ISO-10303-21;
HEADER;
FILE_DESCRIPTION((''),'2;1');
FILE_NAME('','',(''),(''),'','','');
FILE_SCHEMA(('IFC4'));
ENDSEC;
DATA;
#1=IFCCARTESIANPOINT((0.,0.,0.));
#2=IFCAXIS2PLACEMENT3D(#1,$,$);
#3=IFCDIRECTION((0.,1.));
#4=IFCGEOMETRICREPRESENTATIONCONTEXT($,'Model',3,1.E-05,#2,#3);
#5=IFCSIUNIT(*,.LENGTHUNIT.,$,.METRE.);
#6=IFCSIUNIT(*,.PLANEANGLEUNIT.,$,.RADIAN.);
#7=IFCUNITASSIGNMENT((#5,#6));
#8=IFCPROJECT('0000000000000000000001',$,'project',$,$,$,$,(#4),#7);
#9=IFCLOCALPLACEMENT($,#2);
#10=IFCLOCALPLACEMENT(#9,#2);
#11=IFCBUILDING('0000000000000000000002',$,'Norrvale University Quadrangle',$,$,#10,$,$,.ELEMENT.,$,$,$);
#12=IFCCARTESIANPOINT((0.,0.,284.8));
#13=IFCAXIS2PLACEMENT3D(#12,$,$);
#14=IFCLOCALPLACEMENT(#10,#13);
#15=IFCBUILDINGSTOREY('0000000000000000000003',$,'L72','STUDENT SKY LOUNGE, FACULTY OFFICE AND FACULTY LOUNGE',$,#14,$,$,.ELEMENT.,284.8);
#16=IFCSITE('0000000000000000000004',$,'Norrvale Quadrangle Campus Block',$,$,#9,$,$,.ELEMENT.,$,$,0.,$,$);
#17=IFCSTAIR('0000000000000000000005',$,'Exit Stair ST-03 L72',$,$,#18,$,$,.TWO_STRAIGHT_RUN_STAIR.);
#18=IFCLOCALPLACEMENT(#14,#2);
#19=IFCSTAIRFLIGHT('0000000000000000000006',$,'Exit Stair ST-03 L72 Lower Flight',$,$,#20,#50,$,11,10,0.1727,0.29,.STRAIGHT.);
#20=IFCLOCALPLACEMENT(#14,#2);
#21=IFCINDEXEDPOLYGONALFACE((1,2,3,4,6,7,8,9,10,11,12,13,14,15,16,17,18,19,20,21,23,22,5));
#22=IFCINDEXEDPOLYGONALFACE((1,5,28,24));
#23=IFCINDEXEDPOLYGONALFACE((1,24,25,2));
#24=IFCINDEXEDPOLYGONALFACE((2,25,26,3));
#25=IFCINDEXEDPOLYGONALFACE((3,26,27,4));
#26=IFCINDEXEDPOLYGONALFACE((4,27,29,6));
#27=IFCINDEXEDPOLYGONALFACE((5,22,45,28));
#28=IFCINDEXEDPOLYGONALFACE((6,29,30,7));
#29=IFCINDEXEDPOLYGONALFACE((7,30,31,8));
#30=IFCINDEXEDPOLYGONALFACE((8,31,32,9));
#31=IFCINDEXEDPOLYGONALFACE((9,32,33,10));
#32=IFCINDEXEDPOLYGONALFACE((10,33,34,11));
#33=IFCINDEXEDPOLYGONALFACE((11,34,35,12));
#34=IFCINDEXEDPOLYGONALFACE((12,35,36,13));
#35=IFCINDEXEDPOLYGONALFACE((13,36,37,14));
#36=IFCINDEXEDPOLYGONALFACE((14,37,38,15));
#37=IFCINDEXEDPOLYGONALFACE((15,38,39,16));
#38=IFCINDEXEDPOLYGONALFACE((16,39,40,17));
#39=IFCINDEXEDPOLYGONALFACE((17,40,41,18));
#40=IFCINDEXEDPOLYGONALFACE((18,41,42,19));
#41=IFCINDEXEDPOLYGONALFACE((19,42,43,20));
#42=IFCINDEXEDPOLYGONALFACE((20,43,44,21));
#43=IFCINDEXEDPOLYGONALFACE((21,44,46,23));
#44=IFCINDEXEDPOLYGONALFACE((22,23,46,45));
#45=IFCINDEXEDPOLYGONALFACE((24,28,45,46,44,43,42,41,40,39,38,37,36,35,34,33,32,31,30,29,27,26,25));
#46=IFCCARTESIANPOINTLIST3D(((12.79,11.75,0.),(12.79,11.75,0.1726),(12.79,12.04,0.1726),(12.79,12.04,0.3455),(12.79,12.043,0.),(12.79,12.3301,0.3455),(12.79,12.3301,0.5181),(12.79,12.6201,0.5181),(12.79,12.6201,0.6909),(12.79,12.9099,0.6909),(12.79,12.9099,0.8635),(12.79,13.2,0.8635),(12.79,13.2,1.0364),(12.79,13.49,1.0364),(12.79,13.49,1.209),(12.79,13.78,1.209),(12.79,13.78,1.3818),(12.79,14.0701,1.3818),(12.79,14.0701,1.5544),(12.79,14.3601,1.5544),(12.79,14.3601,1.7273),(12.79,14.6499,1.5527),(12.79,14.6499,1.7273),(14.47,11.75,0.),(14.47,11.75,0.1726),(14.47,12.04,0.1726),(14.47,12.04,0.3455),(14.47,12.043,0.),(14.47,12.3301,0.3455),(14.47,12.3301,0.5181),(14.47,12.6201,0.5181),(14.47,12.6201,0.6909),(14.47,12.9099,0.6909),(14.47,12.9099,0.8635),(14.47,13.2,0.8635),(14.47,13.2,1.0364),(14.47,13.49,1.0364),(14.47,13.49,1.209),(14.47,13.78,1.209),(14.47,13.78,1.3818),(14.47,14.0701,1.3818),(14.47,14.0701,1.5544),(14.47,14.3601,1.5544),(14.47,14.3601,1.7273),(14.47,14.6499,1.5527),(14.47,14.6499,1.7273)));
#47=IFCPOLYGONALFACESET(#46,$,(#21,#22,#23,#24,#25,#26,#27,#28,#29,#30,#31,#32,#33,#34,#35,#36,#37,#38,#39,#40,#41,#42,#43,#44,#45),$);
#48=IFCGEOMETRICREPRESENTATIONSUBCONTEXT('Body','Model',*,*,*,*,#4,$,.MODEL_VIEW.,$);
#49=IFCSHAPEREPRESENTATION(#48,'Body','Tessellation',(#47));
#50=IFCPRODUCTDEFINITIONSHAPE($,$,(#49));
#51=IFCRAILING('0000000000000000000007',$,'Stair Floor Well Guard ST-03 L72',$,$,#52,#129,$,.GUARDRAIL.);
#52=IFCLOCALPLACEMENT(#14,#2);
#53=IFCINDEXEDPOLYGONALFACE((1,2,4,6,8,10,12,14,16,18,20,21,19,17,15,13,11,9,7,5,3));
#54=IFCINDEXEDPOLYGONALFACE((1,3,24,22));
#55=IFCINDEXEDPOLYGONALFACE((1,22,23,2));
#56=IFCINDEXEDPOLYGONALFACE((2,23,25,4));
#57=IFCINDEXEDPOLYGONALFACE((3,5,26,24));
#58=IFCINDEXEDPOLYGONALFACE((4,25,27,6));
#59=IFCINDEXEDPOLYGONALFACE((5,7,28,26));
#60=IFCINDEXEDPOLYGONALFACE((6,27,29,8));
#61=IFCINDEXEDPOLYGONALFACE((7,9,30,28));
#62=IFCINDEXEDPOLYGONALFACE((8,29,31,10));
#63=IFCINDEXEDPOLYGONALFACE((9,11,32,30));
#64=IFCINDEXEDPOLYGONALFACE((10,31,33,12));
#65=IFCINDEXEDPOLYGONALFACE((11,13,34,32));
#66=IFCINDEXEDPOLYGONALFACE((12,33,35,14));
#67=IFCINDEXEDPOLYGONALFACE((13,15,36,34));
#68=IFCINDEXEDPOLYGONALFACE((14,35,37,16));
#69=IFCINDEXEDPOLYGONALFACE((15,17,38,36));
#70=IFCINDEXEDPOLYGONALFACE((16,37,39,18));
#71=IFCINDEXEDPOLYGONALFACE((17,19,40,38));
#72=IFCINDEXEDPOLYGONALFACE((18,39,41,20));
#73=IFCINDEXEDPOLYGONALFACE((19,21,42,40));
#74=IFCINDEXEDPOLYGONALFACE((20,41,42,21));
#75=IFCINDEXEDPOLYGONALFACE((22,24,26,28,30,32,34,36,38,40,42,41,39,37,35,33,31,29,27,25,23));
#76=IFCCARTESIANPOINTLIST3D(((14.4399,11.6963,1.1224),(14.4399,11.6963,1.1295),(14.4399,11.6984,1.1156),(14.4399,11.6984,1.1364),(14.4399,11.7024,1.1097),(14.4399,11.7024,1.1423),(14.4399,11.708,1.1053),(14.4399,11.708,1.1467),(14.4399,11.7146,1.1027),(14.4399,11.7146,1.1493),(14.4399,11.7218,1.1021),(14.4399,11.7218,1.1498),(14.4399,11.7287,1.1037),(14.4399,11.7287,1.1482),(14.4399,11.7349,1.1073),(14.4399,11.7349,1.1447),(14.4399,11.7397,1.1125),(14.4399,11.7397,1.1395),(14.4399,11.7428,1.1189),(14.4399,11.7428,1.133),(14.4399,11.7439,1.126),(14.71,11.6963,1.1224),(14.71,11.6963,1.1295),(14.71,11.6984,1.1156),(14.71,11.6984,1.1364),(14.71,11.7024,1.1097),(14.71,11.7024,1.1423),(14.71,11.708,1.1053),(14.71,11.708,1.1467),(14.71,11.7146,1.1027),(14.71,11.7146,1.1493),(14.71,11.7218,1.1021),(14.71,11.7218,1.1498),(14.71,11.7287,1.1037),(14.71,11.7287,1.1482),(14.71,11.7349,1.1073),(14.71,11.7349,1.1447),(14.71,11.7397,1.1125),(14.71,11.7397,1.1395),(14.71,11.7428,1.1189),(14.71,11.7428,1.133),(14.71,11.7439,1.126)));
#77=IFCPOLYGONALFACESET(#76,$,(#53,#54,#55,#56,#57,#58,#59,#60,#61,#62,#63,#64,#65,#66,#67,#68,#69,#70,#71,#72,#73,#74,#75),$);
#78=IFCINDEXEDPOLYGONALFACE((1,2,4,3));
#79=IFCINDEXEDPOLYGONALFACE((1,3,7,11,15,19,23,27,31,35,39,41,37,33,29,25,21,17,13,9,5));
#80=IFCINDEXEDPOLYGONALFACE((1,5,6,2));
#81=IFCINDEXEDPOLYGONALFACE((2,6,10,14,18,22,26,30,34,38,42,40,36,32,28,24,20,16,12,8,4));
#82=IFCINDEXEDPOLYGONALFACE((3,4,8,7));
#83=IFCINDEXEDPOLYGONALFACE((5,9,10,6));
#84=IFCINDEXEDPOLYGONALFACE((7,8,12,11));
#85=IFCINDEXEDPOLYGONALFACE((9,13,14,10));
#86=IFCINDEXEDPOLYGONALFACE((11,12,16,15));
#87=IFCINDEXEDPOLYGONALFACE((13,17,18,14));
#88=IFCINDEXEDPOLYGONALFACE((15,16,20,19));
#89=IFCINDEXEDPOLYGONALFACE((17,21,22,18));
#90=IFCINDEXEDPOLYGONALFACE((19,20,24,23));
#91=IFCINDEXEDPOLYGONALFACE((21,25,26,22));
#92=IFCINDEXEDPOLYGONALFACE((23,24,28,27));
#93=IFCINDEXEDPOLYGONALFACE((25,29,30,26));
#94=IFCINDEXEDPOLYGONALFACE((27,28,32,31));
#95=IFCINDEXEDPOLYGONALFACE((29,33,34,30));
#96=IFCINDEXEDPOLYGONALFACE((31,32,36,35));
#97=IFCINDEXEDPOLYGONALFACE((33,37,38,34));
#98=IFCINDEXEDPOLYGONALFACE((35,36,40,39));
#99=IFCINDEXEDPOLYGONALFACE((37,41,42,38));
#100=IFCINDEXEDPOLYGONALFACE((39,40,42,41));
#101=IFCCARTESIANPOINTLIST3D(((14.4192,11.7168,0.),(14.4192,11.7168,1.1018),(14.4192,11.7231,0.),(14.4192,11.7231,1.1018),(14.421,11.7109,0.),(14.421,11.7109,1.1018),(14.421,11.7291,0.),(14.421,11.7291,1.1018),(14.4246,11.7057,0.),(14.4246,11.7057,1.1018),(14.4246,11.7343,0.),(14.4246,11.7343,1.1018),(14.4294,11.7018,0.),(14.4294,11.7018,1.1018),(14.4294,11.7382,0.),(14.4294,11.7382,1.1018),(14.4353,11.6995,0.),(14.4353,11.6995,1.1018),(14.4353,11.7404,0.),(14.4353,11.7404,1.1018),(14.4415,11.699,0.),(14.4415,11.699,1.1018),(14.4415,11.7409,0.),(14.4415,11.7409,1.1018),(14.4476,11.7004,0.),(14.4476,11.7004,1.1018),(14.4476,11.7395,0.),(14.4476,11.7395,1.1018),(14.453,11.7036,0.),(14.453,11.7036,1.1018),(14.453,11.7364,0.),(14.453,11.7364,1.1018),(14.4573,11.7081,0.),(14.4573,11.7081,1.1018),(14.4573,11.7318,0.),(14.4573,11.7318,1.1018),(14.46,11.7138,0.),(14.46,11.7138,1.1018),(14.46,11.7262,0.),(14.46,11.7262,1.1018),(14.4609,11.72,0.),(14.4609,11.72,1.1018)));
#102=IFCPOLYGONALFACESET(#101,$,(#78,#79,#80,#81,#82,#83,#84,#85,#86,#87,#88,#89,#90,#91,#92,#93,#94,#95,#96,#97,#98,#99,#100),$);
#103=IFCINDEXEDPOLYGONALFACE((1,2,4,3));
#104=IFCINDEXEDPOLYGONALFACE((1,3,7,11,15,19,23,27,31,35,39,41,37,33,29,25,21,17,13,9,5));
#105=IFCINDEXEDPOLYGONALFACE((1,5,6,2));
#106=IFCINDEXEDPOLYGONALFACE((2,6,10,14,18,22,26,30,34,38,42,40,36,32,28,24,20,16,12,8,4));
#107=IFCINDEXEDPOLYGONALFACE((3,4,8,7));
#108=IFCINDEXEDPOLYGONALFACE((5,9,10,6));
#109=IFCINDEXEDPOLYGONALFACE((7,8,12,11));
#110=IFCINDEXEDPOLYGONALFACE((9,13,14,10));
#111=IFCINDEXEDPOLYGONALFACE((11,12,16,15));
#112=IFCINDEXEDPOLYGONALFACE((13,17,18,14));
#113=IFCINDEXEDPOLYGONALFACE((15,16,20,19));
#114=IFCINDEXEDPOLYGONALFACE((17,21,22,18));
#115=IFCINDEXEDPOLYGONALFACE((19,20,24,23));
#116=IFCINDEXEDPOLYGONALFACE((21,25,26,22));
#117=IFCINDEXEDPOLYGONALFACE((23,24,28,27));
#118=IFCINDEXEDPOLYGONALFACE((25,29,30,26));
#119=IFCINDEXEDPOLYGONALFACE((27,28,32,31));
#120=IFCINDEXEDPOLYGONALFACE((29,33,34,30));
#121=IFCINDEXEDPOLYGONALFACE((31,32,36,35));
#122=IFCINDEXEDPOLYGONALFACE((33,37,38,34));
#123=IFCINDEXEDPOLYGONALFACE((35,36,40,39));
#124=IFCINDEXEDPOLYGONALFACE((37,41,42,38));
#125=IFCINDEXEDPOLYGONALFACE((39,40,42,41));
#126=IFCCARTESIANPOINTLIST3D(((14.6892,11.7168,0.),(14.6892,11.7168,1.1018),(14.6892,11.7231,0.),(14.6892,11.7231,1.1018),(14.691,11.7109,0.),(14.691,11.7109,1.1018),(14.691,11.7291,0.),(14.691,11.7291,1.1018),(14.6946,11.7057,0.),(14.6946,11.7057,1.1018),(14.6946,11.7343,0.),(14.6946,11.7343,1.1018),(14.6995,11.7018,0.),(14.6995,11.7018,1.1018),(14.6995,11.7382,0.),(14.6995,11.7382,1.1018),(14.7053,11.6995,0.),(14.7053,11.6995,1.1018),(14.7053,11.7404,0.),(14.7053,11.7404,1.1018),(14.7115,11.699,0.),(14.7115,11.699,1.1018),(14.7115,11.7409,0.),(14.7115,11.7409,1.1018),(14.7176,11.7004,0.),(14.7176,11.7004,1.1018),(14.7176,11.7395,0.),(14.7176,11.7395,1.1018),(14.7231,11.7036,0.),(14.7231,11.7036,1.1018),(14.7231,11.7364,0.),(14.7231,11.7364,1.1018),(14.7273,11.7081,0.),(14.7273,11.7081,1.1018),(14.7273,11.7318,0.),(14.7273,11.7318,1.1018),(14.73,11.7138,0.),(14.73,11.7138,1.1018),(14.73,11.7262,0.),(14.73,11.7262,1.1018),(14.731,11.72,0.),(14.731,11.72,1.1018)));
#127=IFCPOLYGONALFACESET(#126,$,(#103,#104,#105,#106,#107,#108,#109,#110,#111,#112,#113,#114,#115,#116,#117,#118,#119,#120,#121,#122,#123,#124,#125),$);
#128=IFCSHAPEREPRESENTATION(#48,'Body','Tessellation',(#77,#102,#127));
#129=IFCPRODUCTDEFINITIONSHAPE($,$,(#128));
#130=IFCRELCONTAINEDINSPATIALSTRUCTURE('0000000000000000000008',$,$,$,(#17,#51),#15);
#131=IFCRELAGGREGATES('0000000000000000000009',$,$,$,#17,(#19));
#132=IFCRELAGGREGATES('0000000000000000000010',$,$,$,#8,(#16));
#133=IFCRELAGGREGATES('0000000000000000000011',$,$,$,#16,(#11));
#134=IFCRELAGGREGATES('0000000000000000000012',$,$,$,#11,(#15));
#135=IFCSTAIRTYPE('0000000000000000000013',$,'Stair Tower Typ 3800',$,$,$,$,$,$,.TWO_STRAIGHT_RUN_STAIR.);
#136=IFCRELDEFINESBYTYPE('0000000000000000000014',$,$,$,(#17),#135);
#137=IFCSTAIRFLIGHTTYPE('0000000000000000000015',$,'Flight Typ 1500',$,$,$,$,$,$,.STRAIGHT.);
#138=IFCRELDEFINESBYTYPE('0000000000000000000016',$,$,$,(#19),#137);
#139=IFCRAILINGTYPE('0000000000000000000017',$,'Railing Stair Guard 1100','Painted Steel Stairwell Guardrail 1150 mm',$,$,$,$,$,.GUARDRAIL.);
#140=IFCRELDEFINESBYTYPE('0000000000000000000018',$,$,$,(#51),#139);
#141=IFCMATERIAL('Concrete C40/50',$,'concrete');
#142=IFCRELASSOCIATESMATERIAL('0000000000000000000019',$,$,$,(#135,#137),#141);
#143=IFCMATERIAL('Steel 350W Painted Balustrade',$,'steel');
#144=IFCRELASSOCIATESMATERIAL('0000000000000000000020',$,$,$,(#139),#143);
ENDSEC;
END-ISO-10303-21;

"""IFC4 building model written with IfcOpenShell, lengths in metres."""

from ifc_helpers import new_model, si_unit, direction, frame, origin, origin_2d, place, context, subcontext, project, spatial, polyline, circle, outline, extrude, material, type_object, element, aggregate, save


model = new_model("IFC4")

# Units and contexts
model_context = context("Model", 3, precision=1e-05, world=origin(), true_north=direction((0.0, 1.0)))
body_context = subcontext(model_context, "Body", "Model", "MODEL_VIEW")
ifc_project = project(units=[si_unit("LENGTHUNIT", "METRE"), si_unit("PLANEANGLEUNIT", "RADIAN")], contexts=[model_context])

# Site, building, storey
site_placement = place(None, origin())
site = spatial("IfcSite", under=ifc_project, at=site_placement, Name="Norrvale Quadrangle Campus Block", CompositionType="ELEMENT", RefElevation=0.0)
building_placement = place(site_placement, origin())
building = spatial("IfcBuilding", under=site, at=building_placement, Name="Norrvale University Quadrangle", CompositionType="ELEMENT")
storey_placement = place(building_placement, frame((0.0, 0.0, 284.8)))
storey = spatial("IfcBuildingStorey", under=building, at=storey_placement, Name="L72", Description="STUDENT SKY LOUNGE, FACULTY OFFICE AND FACULTY LOUNGE", CompositionType="ELEMENT", Elevation=284.8)

# Stair, stair flight
ifc_material_1 = material(Name="Concrete C40/50", Category="concrete")
stair_type = type_object("IfcStairType", Name="Stair Tower Typ 3800", PredefinedType="TWO_STRAIGHT_RUN_STAIR", material=ifc_material_1)
stair_placement = place(storey_placement, origin())
stair = element("IfcStair", 1, at=stair_placement, inside=storey, type_object=stair_type, Name="Exit Stair ST-03 L72", PredefinedType="TWO_STRAIGHT_RUN_STAIR")
stair_flight_type = type_object("IfcStairFlightType", Name="Flight Typ 1500", PredefinedType="STRAIGHT", material=ifc_material_1)
stair_flight_placement = place(storey_placement, frame((13.6299, 11.75, 0.0), z_axis=(0.0, 0.0, 1.0), x_axis=(0.0, 1.0, 0.0)))
stair_flight = element("IfcStairFlight", 2, at=stair_flight_placement, type_object=stair_flight_type, Name="Exit Stair ST-03 L72 Lower Flight", NumberOfRisers=11, NumberOfTreads=10, PredefinedType="STRAIGHT", RiserHeight=0.1727, TreadLength=0.29, context=body_context, shape_type="SweptSolid", body=[
    extrude(outline(polyline([(0.0, 0.0), (0.0, 0.1726), (0.29, 0.1726), (0.29, 0.3455), (0.5801, 0.3455), (0.5801, 0.5181), (0.8701, 0.5181), (0.8701, 0.6909), (1.1599, 0.6909), (1.1599, 0.8635), (1.45, 0.8635), (1.45, 1.0364), (1.74, 1.0364), (1.74, 1.209), (2.03, 1.209), (2.03, 1.3818), (2.3201, 1.3818), (2.3201, 1.5544), (2.6101, 1.5544), (2.6101, 1.7273), (2.8999, 1.7273), (2.8999, 1.8999), (2.8999, 1.5527), (0.293, 0.0), (0.0, 0.0)])), frame((0.0, 0.8398, 0.0), z_axis=(0.0, -1.0, 0.0), x_axis=(1.0, 0.0, 0.0)), (0.0, 0.0, 1.0), 1.6799),
])
aggregate(stair, [stair_flight])

# Railing
ifc_material_2 = material(Name="Steel 350W Painted Balustrade", Category="steel")
railing_type_1 = type_object("IfcRailingType", Name="Railing Stair Guard 1100", Description="Painted Steel Stairwell Guardrail 1150 mm", PredefinedType="GUARDRAIL", material=ifc_material_2)
railing_1_placement = place(storey_placement, frame((14.4399, 11.72, 0.0)))
element("IfcRailing", 3, at=railing_1_placement, inside=storey, type_object=railing_type_1, Name="Stair Floor Well Guard ST-03 L72", PredefinedType="GUARDRAIL", context=body_context, shape_type="SweptSolid", body=[
    extrude(circle(Radius=0.0239, at=origin_2d()), frame((0.0, 0.0, 1.126), z_axis=(1.0, 0.0, 0.0), x_axis=(0.0, 1.0, 0.0)), (0.0, 0.0, 1.0), 0.27),
    extrude(circle(Radius=0.021, at=origin_2d()), origin(), (0.0, 0.0, 1.0), 1.1018),
    extrude(circle(Radius=0.021, at=origin_2d()), frame((0.27, 0.0, 0.0)), (0.0, 0.0, 1.0), 1.1018),
])

save(model, "model.ifc")
